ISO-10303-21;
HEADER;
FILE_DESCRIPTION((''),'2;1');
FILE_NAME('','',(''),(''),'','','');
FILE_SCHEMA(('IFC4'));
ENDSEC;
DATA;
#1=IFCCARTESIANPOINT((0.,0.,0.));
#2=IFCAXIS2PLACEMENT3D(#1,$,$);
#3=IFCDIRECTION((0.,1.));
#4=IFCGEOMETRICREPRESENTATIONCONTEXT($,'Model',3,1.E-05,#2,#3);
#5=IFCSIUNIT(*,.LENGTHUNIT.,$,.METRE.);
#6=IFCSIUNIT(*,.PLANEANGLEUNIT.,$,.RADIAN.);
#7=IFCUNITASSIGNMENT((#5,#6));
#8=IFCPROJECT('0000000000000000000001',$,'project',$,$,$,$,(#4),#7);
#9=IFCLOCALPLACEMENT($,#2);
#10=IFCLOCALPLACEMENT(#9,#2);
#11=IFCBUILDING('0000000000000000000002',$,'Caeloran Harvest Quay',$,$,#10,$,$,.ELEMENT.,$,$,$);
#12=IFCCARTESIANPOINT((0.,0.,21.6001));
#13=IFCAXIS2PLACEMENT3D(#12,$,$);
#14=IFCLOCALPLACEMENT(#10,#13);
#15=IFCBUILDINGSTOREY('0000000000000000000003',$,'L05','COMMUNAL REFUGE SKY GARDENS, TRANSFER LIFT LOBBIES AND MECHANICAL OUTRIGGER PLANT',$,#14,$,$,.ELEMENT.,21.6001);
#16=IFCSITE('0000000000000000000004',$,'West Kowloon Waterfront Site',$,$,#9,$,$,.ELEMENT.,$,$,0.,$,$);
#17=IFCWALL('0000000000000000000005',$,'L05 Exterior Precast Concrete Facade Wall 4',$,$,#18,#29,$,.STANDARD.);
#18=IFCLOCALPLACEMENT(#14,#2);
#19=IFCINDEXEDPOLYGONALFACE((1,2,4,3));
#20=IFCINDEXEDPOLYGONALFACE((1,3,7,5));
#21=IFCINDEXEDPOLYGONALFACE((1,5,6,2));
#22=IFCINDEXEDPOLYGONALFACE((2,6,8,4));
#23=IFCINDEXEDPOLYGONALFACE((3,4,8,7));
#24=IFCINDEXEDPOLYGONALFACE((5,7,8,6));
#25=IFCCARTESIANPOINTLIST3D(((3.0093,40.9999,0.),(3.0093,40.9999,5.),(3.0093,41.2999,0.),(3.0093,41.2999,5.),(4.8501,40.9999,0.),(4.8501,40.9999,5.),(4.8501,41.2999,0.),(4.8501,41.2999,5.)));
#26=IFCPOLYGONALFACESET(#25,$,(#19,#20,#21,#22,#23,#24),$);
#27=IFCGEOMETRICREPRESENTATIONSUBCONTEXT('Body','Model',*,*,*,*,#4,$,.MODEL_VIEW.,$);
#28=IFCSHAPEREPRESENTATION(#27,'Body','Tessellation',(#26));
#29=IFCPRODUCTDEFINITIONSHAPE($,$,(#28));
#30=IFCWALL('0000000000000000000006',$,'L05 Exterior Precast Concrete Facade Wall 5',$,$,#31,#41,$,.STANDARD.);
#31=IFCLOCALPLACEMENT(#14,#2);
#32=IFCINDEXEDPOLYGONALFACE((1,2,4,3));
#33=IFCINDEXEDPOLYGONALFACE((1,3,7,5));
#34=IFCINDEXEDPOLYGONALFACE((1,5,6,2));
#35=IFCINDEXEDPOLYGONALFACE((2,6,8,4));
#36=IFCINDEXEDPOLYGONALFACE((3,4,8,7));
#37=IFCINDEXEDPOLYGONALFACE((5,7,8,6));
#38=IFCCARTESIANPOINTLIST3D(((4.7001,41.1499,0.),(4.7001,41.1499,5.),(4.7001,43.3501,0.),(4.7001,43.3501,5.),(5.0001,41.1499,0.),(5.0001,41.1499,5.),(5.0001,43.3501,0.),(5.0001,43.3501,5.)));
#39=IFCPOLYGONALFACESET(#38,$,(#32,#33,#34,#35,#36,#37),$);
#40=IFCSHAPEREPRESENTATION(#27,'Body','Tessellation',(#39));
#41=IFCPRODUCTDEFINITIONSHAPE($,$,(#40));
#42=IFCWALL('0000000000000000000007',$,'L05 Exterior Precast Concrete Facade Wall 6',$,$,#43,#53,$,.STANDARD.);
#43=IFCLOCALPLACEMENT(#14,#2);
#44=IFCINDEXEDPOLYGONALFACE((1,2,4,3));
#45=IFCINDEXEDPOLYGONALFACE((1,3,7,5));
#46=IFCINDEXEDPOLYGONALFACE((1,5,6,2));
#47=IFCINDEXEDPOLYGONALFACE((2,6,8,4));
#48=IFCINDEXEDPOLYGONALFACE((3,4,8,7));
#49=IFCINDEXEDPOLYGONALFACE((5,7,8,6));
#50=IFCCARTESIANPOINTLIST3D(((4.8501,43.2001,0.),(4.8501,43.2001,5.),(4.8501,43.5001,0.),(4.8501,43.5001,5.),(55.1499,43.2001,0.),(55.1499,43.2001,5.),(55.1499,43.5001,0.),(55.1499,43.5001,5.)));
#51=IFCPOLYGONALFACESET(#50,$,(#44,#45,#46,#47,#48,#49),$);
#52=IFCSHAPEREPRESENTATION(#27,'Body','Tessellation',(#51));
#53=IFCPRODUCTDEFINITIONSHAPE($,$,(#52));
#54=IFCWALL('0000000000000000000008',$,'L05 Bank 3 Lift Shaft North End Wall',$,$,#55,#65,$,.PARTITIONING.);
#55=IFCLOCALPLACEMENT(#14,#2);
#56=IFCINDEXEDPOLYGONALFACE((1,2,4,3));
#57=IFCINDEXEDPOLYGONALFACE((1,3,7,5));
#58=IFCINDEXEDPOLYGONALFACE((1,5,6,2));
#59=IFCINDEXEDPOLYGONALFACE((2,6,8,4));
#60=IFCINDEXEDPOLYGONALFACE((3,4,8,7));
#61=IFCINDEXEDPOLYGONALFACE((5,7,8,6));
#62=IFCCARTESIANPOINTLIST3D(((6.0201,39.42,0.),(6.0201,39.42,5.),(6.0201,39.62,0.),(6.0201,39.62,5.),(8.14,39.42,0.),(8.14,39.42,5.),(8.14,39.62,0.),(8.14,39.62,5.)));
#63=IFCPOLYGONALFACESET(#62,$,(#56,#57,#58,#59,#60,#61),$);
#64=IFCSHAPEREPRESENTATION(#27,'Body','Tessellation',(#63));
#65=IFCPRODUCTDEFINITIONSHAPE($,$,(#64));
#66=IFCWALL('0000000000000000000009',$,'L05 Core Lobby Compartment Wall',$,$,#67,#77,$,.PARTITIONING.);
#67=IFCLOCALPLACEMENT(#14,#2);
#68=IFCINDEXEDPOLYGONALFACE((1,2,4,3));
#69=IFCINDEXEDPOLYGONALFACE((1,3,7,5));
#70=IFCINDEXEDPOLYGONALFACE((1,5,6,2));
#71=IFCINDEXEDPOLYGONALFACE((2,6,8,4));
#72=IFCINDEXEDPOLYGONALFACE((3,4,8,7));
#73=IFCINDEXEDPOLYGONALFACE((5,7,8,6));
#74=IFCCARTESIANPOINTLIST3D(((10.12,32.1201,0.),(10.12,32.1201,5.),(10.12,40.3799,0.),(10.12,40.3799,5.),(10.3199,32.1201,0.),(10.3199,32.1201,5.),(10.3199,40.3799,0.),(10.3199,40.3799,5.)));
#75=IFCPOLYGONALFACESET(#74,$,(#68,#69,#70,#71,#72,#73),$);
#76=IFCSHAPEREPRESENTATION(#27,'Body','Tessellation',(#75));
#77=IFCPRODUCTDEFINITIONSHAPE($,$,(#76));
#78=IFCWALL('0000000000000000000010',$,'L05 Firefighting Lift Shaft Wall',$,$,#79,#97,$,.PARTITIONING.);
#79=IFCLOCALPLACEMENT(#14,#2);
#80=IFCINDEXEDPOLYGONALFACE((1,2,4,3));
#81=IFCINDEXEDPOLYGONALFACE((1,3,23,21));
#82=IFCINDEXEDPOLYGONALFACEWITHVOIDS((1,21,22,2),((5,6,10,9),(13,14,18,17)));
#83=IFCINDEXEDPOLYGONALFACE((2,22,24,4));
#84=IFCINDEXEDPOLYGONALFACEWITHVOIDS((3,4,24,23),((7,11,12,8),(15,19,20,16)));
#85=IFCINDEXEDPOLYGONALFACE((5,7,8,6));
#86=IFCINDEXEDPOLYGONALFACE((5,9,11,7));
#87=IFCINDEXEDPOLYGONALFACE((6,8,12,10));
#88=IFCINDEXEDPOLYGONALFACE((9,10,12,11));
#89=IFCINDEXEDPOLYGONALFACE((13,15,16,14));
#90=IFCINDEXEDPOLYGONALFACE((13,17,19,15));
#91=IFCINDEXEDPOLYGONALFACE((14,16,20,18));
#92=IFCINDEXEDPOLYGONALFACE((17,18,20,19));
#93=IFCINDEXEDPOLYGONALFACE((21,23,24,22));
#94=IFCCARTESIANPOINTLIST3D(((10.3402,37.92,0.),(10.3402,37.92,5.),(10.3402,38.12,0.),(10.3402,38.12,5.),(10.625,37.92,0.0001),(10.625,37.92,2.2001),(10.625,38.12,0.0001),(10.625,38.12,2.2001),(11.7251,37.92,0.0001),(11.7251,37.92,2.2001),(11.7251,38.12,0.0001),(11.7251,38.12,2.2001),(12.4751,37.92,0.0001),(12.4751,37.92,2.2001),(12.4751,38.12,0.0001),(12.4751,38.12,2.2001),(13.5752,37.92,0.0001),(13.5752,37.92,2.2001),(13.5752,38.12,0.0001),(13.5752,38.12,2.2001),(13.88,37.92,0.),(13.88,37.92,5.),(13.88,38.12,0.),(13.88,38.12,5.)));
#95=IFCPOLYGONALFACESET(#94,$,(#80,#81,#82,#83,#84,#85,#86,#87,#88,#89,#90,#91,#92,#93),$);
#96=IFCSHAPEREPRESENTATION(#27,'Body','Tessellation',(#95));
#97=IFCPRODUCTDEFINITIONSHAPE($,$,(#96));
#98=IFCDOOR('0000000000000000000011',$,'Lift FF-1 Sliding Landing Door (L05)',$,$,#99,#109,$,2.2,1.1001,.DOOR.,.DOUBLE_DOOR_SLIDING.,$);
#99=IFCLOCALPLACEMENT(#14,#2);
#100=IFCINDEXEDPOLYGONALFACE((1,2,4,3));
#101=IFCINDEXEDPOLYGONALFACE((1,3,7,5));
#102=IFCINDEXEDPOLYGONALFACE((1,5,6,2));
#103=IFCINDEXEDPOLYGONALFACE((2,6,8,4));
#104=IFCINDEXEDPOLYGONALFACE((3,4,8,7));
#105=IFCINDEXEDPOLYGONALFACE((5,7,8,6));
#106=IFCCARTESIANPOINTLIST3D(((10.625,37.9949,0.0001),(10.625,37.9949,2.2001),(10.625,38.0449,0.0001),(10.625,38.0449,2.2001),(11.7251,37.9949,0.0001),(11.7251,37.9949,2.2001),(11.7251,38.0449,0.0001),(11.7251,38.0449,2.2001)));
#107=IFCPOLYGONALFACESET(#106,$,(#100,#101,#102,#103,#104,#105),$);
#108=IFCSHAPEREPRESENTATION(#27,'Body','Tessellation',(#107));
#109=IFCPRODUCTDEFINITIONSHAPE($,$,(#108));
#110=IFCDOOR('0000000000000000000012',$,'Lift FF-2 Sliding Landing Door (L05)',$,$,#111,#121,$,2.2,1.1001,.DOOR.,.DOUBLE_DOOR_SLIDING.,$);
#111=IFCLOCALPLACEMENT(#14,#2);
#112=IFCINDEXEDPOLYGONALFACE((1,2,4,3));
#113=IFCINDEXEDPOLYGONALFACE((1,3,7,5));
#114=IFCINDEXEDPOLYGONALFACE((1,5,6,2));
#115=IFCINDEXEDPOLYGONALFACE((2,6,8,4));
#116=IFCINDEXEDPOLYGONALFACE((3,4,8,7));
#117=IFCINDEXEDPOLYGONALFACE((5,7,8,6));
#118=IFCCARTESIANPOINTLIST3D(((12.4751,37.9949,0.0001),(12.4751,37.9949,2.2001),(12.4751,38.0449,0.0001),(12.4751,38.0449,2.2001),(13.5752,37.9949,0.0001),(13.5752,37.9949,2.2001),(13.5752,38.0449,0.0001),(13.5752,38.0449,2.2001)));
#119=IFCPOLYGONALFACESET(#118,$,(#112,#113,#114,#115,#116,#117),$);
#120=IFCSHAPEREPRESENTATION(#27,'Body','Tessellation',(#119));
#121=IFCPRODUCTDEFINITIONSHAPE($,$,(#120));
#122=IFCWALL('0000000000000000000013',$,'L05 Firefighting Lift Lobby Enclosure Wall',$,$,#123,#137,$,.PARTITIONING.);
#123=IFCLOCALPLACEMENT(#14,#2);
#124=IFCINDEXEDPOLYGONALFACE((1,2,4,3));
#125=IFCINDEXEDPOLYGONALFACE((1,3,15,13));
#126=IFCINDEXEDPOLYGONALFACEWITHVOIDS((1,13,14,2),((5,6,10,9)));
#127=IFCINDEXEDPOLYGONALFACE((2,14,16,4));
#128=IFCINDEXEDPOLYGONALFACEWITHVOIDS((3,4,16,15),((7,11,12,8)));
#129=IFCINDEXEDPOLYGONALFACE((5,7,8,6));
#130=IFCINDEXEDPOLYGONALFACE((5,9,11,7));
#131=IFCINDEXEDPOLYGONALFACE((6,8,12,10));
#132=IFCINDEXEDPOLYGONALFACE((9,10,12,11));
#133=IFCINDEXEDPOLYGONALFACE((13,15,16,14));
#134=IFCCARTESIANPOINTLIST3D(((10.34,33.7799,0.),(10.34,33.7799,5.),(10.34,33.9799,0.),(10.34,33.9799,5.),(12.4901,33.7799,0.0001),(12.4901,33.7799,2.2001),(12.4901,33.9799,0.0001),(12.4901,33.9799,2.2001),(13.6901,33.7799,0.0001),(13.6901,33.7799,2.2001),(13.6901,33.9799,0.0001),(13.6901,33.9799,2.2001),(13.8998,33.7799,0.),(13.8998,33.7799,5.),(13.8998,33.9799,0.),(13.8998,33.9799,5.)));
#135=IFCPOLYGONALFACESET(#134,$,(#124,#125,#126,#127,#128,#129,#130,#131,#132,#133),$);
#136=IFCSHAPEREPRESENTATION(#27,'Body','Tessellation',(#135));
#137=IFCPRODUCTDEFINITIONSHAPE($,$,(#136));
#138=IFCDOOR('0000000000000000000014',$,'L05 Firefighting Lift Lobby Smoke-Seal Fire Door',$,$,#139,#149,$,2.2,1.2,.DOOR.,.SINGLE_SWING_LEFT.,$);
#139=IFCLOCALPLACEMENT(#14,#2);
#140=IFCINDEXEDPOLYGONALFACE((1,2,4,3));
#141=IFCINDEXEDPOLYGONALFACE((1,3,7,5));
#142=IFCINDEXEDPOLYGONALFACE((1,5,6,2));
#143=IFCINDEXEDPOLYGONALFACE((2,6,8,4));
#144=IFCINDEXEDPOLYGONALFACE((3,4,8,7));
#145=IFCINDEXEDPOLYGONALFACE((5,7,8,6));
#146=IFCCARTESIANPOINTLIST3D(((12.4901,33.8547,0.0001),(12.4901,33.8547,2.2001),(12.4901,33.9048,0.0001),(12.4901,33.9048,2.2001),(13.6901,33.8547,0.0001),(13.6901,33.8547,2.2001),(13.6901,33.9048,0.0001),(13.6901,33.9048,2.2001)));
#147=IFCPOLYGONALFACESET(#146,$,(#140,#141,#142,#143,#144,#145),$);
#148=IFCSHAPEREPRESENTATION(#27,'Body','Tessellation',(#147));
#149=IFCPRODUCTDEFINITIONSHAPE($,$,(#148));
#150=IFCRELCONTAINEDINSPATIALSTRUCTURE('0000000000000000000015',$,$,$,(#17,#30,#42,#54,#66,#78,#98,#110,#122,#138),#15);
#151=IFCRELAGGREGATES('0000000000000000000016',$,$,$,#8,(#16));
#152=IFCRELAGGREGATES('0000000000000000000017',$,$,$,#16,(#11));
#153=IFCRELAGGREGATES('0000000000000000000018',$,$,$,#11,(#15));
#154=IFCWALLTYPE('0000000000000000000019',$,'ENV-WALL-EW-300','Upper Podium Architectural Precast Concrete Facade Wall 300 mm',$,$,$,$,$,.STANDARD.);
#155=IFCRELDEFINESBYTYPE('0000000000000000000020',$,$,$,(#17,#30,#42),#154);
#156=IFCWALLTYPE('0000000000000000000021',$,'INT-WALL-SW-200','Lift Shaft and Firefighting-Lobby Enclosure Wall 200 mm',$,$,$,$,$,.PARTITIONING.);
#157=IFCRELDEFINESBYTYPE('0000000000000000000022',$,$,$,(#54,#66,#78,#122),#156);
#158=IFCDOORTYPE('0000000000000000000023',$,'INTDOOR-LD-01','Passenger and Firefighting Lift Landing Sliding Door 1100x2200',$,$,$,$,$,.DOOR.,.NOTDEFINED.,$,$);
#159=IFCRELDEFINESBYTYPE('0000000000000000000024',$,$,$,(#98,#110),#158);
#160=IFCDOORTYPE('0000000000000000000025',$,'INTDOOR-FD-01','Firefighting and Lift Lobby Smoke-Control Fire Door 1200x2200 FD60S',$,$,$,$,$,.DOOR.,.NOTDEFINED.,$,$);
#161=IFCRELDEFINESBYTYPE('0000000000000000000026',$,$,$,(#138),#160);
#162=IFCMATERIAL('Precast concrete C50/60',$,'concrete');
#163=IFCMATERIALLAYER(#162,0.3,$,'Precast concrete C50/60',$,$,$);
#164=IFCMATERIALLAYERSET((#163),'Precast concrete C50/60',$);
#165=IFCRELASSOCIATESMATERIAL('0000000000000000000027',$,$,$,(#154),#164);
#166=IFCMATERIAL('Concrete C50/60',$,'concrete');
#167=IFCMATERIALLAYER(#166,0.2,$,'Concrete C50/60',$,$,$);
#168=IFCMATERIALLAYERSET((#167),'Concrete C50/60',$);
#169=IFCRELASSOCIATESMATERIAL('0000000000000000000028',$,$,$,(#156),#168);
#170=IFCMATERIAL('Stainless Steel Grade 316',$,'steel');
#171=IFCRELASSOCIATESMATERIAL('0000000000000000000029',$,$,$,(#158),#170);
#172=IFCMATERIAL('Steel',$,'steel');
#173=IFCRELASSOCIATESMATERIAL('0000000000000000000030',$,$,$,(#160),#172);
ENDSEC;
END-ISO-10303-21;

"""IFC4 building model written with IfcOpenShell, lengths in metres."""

from ifc_helpers import new_model, si_unit, direction, frame, frame_2d, origin, place, context, subcontext, project, spatial, rectangle, extrude, material, layer, layer_set, type_object, element, fill, save


model = new_model("IFC4")

# Units and contexts
model_context = context("Model", 3, precision=1e-05, world=origin(), true_north=direction((0.0, 1.0)))
body_context = subcontext(model_context, "Body", "Model", "MODEL_VIEW")
ifc_project = project(units=[si_unit("LENGTHUNIT", "METRE"), si_unit("PLANEANGLEUNIT", "RADIAN")], contexts=[model_context])

# Site, building, storey
site_placement = place(None, origin())
site = spatial("IfcSite", under=ifc_project, at=site_placement, Name="West Kowloon Waterfront Site", CompositionType="ELEMENT", RefElevation=0.0)
building_placement = place(site_placement, origin())
building = spatial("IfcBuilding", under=site, at=building_placement, Name="Caeloran Harvest Quay", CompositionType="ELEMENT")
storey_placement = place(building_placement, frame((0.0, 0.0, 21.6001)))
storey = spatial("IfcBuildingStorey", under=building, at=storey_placement, Name="L05", Description="COMMUNAL REFUGE SKY GARDENS, TRANSFER LIFT LOBBIES AND MECHANICAL OUTRIGGER PLANT", CompositionType="ELEMENT", Elevation=21.6001)

# Walls
ifc_material_1 = material(Name="Precast concrete C50/60", Category="concrete")
ifc_layer_1 = layer(ifc_material_1, 0.3, Name="Precast concrete C50/60")
ifc_layer_set_1 = layer_set([ifc_layer_1], Name="Precast concrete C50/60")
wall_type_1 = type_object("IfcWallType", Name="ENV-WALL-EW-300", Description="Upper Podium Architectural Precast Concrete Facade Wall 300 mm", PredefinedType="STANDARD", material=ifc_layer_set_1)
wall_1_placement = place(storey_placement, frame((3.0093, 41.1499, 0.0), z_axis=(0.0, 0.0, 1.0), x_axis=(1.0, 0.0, 0.0)))
element("IfcWall", 1, at=wall_1_placement, inside=storey, type_object=wall_type_1, Name="L05 Exterior Precast Concrete Facade Wall 4", PredefinedType="STANDARD", context=body_context, shape_type="SweptSolid", body=[
    extrude(rectangle(XDim=1.8408, YDim=0.3, at=frame_2d((0.9204, 0.0))), origin(), (0.0, 0.0, 1.0), 5.0),
])
wall_2_placement = place(storey_placement, frame((4.8501, 41.1499, 0.0), z_axis=(0.0, 0.0, 1.0), x_axis=(0.0, 1.0, 0.0)))
element("IfcWall", 2, at=wall_2_placement, inside=storey, type_object=wall_type_1, Name="L05 Exterior Precast Concrete Facade Wall 5", PredefinedType="STANDARD", context=body_context, shape_type="SweptSolid", body=[
    extrude(rectangle(XDim=2.2002, YDim=0.3, at=frame_2d((1.1001, 0.0))), origin(), (0.0, 0.0, 1.0), 5.0),
])
wall_3_placement = place(storey_placement, frame((4.8501, 43.3501, 0.0), z_axis=(0.0, 0.0, 1.0), x_axis=(1.0, 0.0, 0.0)))
element("IfcWall", 3, at=wall_3_placement, inside=storey, type_object=wall_type_1, Name="L05 Exterior Precast Concrete Facade Wall 6", PredefinedType="STANDARD", context=body_context, shape_type="SweptSolid", body=[
    extrude(rectangle(XDim=50.2998, YDim=0.3, at=frame_2d((25.1499, 0.0))), origin(), (0.0, 0.0, 1.0), 5.0),
])
ifc_material_2 = material(Name="Concrete C50/60", Category="concrete")
ifc_layer_2 = layer(ifc_material_2, 0.2, Name="Concrete C50/60")
ifc_layer_set_2 = layer_set([ifc_layer_2], Name="Concrete C50/60")
wall_type_2 = type_object("IfcWallType", Name="INT-WALL-SW-200", Description="Lift Shaft and Firefighting-Lobby Enclosure Wall 200 mm", PredefinedType="PARTITIONING", material=ifc_layer_set_2)
wall_4_placement = place(storey_placement, frame((6.02, 39.52, 0.0), z_axis=(0.0, 0.0, 1.0), x_axis=(1.0, 0.0, 0.0)))
element("IfcWall", 4, at=wall_4_placement, inside=storey, type_object=wall_type_2, Name="L05 Bank 3 Lift Shaft North End Wall", PredefinedType="PARTITIONING", context=body_context, shape_type="SweptSolid", body=[
    extrude(rectangle(XDim=2.1199, YDim=0.2, at=frame_2d((1.0601, 0.0))), origin(), (0.0, 0.0, 1.0), 5.0),
])
wall_5_placement = place(storey_placement, frame((10.22, 32.1201, 0.0), z_axis=(0.0, 0.0, 1.0), x_axis=(0.0, 1.0, 0.0)))
element("IfcWall", 5, at=wall_5_placement, inside=storey, type_object=wall_type_2, Name="L05 Core Lobby Compartment Wall", PredefinedType="PARTITIONING", context=body_context, shape_type="SweptSolid", body=[
    extrude(rectangle(XDim=8.2598, YDim=0.2, at=frame_2d((4.1299, 0.0))), origin(), (0.0, 0.0, 1.0), 5.0),
])

# Wall, openings, doors
wall_6_placement = place(storey_placement, frame((10.3401, 38.02, 0.0), z_axis=(0.0, 0.0, 1.0), x_axis=(1.0, 0.0, 0.0)))
wall_6 = element("IfcWall", 6, at=wall_6_placement, inside=storey, type_object=wall_type_2, Name="L05 Firefighting Lift Shaft Wall", PredefinedType="PARTITIONING", context=body_context, shape_type="SweptSolid", body=[
    extrude(rectangle(XDim=3.5398, YDim=0.2, at=frame_2d((1.77, 0.0))), origin(), (0.0, 0.0, 1.0), 5.0),
])
opening_1_placement = place(wall_6_placement, frame((0.2849, 0.0, 0.0)))
opening_1 = element("IfcOpeningElement", 7, at=opening_1_placement, cuts=wall_6, PredefinedType="OPENING", context=body_context, shape_type="SweptSolid", body=[
    extrude(rectangle(XDim=1.1001, YDim=2.2, at=frame_2d((0.55, 1.1001))), frame((0.0, 0.1099, 0.0), z_axis=(0.0, -1.0, 0.0), x_axis=(1.0, 0.0, 0.0)), (0.0, 0.0, 1.0), 0.22),
])
opening_2_placement = place(wall_6_placement, frame((2.135, 0.0, 0.0)))
opening_2 = element("IfcOpeningElement", 8, at=opening_2_placement, cuts=wall_6, PredefinedType="OPENING", context=body_context, shape_type="SweptSolid", body=[
    extrude(rectangle(XDim=1.1001, YDim=2.2, at=frame_2d((0.55, 1.1001))), frame((0.0, 0.1099, 0.0), z_axis=(0.0, -1.0, 0.0), x_axis=(1.0, 0.0, 0.0)), (0.0, 0.0, 1.0), 0.22),
])
ifc_material_3 = material(Name="Stainless Steel Grade 316", Category="steel")
door_type_1 = type_object("IfcDoorType", Name="INTDOOR-LD-01", Description="Passenger and Firefighting Lift Landing Sliding Door 1100x2200", OperationType="NOTDEFINED", PredefinedType="DOOR", material=ifc_material_3)
door_1_placement = place(opening_1_placement, origin())
door_1 = element("IfcDoor", 9, at=door_1_placement, inside=storey, type_object=door_type_1, Name="Lift FF-1 Sliding Landing Door (L05)", OperationType="DOUBLE_DOOR_SLIDING", OverallHeight=2.2, OverallWidth=1.1001, PredefinedType="DOOR", context=body_context, shape_type="SweptSolid", body=[
    extrude(rectangle(XDim=1.1001, YDim=2.2, at=frame_2d((0.55, 1.1001))), frame((0.0, 0.0249, 0.0), z_axis=(0.0, -1.0, 0.0), x_axis=(1.0, 0.0, 0.0)), (0.0, 0.0, 1.0), 0.05),
])
fill(opening_1, door_1)
door_2_placement = place(opening_2_placement, origin())
door_2 = element("IfcDoor", 10, at=door_2_placement, inside=storey, type_object=door_type_1, Name="Lift FF-2 Sliding Landing Door (L05)", OperationType="DOUBLE_DOOR_SLIDING", OverallHeight=2.2, OverallWidth=1.1001, PredefinedType="DOOR", context=body_context, shape_type="SweptSolid", body=[
    extrude(rectangle(XDim=1.1001, YDim=2.2, at=frame_2d((0.55, 1.1001))), frame((0.0, 0.0249, 0.0), z_axis=(0.0, -1.0, 0.0), x_axis=(1.0, 0.0, 0.0)), (0.0, 0.0, 1.0), 0.05),
])
fill(opening_2, door_2)

# Wall, opening, door
wall_7_placement = place(storey_placement, frame((10.3401, 33.8799, 0.0), z_axis=(0.0, 0.0, 1.0), x_axis=(1.0, 0.0, 0.0)))
wall_7 = element("IfcWall", 11, at=wall_7_placement, inside=storey, type_object=wall_type_2, Name="L05 Firefighting Lift Lobby Enclosure Wall", PredefinedType="PARTITIONING", context=body_context, shape_type="SweptSolid", body=[
    extrude(rectangle(XDim=3.5598, YDim=0.2, at=frame_2d((1.7798, 0.0))), origin(), (0.0, 0.0, 1.0), 5.0),
])
opening_3_placement = place(wall_7_placement, frame((2.1499, 0.0, 0.0)))
opening_3 = element("IfcOpeningElement", 12, at=opening_3_placement, cuts=wall_7, PredefinedType="OPENING", context=body_context, shape_type="SweptSolid", body=[
    extrude(rectangle(XDim=1.2, YDim=2.2, at=frame_2d((0.6001, 1.1001))), frame((0.0, 0.1099, 0.0), z_axis=(0.0, -1.0, 0.0), x_axis=(1.0, 0.0, 0.0)), (0.0, 0.0, 1.0), 0.22),
])
ifc_material_4 = material(Name="Steel", Category="steel")
door_type_2 = type_object("IfcDoorType", Name="INTDOOR-FD-01", Description="Firefighting and Lift Lobby Smoke-Control Fire Door 1200x2200 FD60S", OperationType="NOTDEFINED", PredefinedType="DOOR", material=ifc_material_4)
door_3_placement = place(opening_3_placement, origin())
door_3 = element("IfcDoor", 13, at=door_3_placement, inside=storey, type_object=door_type_2, Name="L05 Firefighting Lift Lobby Smoke-Seal Fire Door", OperationType="SINGLE_SWING_LEFT", OverallHeight=2.2, OverallWidth=1.2, PredefinedType="DOOR", context=body_context, shape_type="SweptSolid", body=[
    extrude(rectangle(XDim=1.2, YDim=2.2, at=frame_2d((0.6001, 1.1001))), frame((0.0, 0.0249, 0.0), z_axis=(0.0, -1.0, 0.0), x_axis=(1.0, 0.0, 0.0)), (0.0, 0.0, 1.0), 0.05),
])
fill(opening_3, door_3)

save(model, "model.ifc")
